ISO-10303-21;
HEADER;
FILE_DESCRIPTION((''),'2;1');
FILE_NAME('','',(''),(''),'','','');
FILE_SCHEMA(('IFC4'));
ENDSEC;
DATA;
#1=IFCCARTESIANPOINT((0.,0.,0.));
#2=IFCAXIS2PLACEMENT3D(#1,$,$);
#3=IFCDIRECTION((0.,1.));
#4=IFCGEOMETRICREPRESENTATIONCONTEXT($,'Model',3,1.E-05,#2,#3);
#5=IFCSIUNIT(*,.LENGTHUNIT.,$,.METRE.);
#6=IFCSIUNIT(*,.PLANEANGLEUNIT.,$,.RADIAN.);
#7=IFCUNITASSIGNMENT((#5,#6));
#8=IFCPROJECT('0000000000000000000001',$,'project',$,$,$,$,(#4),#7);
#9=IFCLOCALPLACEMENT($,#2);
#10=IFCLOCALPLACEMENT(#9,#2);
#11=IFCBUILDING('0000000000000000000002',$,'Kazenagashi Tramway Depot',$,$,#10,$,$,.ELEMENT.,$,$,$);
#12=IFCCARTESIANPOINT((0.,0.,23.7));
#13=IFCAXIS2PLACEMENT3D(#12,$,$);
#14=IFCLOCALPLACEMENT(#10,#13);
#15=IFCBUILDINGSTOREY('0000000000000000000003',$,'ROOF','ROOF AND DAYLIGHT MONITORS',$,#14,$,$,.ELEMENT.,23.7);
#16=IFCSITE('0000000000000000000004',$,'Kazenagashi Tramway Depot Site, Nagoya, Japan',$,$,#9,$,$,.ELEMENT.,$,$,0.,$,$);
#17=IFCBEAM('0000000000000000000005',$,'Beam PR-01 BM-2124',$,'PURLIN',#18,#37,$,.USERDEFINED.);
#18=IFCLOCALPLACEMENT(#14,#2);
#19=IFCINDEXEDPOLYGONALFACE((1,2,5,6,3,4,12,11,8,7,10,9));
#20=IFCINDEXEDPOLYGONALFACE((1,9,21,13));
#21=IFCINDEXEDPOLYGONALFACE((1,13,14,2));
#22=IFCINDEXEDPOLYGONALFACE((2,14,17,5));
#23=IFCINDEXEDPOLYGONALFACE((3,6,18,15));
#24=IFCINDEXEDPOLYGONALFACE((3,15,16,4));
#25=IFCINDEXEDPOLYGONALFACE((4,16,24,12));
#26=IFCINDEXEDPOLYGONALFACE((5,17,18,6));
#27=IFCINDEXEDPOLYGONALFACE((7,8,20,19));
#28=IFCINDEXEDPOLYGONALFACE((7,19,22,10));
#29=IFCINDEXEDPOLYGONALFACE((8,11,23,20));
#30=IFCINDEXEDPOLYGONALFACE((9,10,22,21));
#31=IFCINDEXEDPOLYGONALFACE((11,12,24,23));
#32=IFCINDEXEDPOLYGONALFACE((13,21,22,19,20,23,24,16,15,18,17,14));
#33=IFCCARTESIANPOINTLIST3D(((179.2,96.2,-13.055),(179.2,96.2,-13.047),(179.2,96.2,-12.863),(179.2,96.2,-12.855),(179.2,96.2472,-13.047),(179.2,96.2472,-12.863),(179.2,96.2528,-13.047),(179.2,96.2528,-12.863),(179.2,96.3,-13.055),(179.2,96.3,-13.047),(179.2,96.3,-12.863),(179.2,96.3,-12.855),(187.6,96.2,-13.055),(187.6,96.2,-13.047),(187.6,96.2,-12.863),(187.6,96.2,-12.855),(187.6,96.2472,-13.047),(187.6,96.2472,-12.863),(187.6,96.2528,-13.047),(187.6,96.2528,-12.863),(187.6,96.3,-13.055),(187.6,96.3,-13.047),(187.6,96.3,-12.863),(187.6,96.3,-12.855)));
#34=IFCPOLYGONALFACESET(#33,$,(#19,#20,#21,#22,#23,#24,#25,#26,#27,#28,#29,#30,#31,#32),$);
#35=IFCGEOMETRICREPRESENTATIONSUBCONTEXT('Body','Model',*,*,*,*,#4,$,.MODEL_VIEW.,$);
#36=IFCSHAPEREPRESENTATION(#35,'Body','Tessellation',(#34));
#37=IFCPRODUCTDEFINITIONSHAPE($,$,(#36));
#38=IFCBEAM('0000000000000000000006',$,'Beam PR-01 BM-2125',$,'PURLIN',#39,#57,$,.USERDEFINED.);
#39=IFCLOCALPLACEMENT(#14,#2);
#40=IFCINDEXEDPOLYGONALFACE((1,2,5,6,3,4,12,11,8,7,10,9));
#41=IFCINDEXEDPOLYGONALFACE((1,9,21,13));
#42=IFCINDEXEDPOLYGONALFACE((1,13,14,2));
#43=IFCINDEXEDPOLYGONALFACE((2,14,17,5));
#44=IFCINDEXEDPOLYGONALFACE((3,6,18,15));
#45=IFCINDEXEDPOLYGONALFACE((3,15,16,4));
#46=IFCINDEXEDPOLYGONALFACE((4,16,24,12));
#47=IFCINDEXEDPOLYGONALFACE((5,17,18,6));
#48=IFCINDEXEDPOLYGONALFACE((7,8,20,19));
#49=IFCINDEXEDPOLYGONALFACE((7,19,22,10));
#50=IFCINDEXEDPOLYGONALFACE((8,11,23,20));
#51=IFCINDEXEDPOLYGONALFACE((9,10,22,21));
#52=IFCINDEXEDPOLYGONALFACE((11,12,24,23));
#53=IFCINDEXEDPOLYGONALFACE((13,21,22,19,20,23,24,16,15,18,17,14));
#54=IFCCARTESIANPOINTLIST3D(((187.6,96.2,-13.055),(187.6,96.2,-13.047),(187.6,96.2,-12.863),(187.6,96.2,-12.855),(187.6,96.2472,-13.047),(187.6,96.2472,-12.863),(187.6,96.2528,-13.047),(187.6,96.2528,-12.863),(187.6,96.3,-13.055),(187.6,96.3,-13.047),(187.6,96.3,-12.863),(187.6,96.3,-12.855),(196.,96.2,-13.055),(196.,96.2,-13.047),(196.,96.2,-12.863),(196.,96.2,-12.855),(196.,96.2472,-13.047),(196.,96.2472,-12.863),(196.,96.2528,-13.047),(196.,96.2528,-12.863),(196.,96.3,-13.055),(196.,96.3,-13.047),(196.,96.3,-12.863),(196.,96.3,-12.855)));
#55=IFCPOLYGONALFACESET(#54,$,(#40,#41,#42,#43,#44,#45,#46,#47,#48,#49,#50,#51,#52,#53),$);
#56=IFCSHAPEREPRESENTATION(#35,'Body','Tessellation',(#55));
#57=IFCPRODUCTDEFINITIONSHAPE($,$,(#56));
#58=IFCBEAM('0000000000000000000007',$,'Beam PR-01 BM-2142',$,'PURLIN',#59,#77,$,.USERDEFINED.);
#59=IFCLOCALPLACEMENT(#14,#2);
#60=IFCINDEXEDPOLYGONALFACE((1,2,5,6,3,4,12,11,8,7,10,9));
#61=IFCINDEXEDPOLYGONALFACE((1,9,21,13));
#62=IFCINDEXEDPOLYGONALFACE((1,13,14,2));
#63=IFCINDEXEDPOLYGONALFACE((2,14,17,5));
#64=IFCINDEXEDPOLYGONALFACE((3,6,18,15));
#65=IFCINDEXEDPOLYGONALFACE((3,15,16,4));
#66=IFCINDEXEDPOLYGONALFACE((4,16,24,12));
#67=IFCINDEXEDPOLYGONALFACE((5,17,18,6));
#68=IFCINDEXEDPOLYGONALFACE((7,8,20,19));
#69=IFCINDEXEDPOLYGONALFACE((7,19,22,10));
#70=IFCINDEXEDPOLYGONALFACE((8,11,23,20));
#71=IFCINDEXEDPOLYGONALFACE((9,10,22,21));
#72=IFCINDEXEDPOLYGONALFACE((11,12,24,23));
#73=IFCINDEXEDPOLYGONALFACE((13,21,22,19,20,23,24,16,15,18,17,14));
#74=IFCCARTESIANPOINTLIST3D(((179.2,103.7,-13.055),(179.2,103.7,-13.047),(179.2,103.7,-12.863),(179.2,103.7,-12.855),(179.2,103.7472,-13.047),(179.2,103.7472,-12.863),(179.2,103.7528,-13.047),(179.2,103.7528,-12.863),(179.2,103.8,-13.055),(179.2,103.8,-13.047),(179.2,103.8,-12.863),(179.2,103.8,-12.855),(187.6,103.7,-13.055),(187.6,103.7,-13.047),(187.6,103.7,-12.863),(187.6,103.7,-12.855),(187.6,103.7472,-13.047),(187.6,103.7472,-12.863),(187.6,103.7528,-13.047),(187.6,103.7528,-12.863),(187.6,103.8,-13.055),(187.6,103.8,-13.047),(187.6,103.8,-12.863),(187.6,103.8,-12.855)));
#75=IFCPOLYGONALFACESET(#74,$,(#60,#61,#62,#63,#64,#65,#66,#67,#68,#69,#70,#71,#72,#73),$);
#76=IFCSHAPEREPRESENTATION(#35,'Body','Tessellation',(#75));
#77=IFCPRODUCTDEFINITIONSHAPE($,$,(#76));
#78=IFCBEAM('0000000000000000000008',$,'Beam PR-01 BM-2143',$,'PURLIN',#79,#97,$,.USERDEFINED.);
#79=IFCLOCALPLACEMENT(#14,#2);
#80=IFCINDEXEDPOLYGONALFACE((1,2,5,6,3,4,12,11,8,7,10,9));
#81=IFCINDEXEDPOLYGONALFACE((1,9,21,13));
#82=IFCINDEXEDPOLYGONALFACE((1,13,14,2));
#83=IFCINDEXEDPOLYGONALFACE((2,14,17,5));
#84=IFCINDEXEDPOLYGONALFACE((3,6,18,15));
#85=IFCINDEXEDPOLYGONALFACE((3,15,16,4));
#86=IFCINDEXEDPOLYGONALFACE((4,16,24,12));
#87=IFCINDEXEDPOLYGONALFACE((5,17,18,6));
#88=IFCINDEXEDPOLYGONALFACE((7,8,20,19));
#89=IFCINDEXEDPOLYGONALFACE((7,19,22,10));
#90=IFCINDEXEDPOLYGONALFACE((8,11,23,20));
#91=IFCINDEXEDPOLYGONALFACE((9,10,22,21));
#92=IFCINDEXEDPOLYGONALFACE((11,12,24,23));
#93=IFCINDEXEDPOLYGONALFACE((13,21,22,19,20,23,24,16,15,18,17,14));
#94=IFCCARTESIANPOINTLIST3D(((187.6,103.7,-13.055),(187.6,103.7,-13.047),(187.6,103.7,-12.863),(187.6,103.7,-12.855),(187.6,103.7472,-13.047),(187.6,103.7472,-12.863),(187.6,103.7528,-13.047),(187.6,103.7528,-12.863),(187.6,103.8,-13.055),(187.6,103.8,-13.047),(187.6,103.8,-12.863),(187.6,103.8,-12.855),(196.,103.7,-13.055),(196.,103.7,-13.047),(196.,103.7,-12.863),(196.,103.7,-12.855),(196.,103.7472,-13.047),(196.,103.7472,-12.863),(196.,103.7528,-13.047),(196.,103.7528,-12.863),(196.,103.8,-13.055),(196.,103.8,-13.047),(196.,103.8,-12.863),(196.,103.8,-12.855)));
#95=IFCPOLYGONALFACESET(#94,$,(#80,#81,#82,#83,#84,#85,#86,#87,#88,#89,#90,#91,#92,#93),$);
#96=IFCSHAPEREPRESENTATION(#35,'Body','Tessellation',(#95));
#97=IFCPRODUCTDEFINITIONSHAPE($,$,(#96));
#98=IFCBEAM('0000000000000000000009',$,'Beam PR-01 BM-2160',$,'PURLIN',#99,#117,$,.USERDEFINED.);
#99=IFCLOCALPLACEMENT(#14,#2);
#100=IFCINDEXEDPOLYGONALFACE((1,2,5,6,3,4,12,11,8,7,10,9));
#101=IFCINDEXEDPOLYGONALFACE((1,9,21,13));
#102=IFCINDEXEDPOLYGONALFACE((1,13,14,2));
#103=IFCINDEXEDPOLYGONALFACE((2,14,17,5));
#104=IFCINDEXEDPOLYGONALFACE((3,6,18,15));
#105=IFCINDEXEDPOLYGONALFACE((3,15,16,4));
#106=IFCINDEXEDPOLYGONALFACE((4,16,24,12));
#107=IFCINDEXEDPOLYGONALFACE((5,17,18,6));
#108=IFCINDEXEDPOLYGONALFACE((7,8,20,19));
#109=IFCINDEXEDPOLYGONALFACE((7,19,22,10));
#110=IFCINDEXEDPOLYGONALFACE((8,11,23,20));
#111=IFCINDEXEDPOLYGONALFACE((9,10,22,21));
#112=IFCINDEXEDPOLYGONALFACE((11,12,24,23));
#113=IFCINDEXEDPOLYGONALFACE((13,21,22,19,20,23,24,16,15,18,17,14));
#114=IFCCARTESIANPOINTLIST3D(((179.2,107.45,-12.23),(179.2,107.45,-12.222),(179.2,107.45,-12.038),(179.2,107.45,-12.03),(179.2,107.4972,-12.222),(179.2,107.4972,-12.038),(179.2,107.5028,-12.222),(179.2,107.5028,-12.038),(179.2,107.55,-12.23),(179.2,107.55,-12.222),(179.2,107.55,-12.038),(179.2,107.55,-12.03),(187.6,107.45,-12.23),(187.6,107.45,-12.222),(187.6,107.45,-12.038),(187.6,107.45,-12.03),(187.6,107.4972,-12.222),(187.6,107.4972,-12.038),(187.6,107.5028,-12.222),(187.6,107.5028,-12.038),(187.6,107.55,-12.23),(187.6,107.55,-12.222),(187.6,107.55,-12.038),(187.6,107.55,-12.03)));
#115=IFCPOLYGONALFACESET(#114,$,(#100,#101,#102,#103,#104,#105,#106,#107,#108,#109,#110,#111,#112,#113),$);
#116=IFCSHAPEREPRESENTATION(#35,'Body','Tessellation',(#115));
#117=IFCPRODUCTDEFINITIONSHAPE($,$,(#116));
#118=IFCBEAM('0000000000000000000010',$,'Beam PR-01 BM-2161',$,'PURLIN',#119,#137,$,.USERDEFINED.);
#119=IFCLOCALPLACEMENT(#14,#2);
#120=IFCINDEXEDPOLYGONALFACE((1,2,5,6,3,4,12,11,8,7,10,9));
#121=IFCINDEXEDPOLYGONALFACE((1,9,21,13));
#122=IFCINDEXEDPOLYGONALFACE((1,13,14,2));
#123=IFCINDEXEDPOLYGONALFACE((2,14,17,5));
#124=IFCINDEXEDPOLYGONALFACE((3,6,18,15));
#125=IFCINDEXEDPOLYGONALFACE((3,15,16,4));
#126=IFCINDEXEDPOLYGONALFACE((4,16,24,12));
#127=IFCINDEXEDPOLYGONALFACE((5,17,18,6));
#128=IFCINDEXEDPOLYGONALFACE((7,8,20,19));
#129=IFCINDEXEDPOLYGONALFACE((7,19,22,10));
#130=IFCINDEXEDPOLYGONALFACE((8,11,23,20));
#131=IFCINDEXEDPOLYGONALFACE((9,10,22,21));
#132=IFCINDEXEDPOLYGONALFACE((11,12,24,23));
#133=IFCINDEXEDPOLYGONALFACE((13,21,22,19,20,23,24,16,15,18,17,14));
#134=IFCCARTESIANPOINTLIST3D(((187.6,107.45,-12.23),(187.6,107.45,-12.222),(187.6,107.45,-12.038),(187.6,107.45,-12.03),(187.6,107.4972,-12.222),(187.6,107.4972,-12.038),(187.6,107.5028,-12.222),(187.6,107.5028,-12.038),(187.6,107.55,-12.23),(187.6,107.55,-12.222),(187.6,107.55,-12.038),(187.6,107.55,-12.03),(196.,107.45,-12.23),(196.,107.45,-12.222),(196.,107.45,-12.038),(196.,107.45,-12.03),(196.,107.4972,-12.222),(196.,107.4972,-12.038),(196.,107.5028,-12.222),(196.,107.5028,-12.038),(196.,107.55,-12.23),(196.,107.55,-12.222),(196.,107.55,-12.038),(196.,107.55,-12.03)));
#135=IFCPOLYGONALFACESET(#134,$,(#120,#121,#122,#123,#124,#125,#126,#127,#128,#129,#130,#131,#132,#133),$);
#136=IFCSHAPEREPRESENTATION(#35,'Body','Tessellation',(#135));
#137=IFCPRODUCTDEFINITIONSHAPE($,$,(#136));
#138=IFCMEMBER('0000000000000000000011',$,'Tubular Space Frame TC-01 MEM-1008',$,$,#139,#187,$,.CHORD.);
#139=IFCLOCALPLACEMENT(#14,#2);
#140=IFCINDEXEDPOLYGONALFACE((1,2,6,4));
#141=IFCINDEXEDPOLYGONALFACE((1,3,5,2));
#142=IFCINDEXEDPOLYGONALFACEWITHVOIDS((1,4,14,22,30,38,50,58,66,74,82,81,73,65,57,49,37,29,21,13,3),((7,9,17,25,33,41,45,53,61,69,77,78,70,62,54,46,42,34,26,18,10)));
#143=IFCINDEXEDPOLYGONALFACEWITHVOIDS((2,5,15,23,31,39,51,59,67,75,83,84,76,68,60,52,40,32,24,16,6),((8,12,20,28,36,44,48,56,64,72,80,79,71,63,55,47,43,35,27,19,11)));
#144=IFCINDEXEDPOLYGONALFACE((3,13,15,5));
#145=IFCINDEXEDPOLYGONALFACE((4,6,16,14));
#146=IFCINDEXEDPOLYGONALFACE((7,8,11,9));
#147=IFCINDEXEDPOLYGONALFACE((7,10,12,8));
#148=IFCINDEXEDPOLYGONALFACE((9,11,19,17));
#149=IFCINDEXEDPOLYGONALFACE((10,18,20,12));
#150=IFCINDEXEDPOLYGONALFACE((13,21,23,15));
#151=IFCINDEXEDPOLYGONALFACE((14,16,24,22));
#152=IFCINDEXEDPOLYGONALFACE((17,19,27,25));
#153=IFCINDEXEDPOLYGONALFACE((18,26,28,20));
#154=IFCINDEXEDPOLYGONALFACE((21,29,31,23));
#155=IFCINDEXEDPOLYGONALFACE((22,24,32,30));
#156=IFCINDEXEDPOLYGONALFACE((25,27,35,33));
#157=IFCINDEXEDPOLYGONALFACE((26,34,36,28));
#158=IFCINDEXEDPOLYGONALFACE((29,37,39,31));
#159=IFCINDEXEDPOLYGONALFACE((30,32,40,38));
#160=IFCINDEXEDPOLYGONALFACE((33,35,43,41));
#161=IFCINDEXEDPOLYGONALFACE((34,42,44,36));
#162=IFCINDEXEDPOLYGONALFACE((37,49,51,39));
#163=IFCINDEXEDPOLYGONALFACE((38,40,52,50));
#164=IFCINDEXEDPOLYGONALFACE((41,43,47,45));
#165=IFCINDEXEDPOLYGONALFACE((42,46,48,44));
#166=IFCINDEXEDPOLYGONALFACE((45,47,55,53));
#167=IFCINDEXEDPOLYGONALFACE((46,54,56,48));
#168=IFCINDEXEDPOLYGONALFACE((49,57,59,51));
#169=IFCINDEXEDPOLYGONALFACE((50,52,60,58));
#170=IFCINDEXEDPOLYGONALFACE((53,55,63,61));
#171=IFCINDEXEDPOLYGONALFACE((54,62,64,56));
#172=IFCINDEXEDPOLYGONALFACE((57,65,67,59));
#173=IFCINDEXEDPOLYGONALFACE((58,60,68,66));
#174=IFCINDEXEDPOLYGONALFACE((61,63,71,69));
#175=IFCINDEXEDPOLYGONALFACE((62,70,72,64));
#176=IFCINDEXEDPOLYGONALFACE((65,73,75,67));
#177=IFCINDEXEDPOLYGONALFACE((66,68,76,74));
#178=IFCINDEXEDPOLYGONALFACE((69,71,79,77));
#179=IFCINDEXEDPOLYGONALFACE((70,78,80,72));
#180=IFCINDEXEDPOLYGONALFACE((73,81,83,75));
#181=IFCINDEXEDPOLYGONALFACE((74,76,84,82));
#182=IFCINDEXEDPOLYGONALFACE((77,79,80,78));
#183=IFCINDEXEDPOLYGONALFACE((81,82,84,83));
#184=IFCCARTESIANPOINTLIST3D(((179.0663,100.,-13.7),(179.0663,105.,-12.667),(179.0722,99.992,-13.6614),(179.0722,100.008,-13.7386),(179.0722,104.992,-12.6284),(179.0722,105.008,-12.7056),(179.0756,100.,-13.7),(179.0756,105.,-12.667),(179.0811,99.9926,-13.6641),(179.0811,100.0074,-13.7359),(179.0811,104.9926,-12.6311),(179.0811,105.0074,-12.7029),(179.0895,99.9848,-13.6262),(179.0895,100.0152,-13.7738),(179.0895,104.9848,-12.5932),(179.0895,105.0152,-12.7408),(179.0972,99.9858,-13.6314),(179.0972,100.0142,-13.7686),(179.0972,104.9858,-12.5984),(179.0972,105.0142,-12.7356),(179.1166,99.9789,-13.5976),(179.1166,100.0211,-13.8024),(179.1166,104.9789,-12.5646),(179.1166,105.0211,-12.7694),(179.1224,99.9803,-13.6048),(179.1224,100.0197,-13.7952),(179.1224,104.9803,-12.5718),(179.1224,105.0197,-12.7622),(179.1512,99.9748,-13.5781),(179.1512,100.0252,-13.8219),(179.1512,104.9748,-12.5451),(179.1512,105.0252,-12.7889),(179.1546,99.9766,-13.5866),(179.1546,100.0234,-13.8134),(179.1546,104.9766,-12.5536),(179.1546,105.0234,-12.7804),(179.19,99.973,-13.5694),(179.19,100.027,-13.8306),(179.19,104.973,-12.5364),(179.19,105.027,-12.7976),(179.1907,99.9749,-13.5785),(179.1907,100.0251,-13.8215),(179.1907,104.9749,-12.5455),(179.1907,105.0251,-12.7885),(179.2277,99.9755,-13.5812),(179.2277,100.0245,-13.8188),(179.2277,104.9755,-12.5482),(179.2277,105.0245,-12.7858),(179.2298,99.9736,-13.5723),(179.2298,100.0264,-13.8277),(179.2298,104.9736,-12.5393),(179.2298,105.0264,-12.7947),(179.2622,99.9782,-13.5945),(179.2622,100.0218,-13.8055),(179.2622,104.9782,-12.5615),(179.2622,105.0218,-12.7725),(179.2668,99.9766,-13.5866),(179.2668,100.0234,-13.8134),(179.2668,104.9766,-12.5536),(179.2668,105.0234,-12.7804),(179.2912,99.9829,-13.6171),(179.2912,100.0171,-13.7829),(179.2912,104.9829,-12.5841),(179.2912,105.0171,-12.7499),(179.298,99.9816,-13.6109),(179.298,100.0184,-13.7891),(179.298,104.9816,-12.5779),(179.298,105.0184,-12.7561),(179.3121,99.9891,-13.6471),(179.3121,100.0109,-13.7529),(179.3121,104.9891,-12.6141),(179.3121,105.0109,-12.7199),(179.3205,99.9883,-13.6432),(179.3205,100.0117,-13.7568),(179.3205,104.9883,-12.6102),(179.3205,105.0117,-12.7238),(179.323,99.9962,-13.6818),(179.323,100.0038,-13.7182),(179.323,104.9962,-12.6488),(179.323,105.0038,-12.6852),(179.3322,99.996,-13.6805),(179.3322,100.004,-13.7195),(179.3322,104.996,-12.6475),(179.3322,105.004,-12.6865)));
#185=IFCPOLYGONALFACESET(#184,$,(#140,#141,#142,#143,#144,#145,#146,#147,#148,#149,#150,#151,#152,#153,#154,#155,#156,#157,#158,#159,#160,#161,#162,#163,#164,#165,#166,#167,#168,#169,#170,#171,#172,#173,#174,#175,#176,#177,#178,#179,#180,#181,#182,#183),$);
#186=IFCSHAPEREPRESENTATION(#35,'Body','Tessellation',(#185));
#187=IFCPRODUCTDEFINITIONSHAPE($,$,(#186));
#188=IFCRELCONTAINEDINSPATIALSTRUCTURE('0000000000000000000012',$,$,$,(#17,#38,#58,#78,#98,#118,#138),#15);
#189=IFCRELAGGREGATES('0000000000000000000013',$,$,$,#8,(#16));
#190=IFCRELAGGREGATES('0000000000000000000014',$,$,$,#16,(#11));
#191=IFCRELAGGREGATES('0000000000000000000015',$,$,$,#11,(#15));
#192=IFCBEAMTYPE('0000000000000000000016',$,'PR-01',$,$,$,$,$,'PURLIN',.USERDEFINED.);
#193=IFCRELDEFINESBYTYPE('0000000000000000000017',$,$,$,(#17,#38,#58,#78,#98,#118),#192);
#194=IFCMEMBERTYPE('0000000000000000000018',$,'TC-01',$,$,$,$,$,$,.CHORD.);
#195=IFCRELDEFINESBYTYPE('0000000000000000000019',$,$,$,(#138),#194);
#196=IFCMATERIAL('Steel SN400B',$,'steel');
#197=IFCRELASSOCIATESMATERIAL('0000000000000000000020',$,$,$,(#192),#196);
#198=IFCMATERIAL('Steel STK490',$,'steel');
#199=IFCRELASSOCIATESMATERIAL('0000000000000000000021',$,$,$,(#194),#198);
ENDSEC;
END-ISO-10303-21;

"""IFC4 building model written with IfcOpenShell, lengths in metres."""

from ifc_helpers import new_model, si_unit, direction, frame, origin, origin_2d, place, context, subcontext, project, spatial, hollow_circle, i_section, extrude, material, material_profile, profile_set, type_object, element, save


model = new_model("IFC4")

# Units and contexts
model_context = context("Model", 3, precision=1e-05, world=origin(), true_north=direction((0.0, 1.0)))
body_context = subcontext(model_context, "Body", "Model", "MODEL_VIEW")
ifc_project = project(units=[si_unit("LENGTHUNIT", "METRE"), si_unit("PLANEANGLEUNIT", "RADIAN")], contexts=[model_context])

# Site, building, storey
site_placement = place(None, origin())
site = spatial("IfcSite", under=ifc_project, at=site_placement, Name="Kazenagashi Tramway Depot Site, Nagoya, Japan", CompositionType="ELEMENT", RefElevation=0.0)
building_placement = place(site_placement, origin())
building = spatial("IfcBuilding", under=site, at=building_placement, Name="Kazenagashi Tramway Depot", CompositionType="ELEMENT")
storey_placement = place(building_placement, frame((0.0, 0.0, 23.7)))
storey = spatial("IfcBuildingStorey", under=building, at=storey_placement, Name="ROOF", Description="ROOF AND DAYLIGHT MONITORS", CompositionType="ELEMENT", Elevation=23.7)

# Beams
ifc_material_1 = material(Name="Steel SN400B", Category="steel")
ifc_material_profile_1 = material_profile(ifc_material_1, i_section(OverallWidth=0.1, OverallDepth=0.2, WebThickness=0.0055, FlangeThickness=0.008, at=origin_2d()), Name="H-200x100x5.5x8")
ifc_profile_set_1 = profile_set([ifc_material_profile_1], Name="Steel SN400B")
beam_type = type_object("IfcBeamType", Name="PR-01", ElementType="PURLIN", PredefinedType="USERDEFINED", material=ifc_profile_set_1)
for number, where, z_axis, x_axis, name in (
    (1, (179.2, 96.25, -12.955), (1.0, 0.0, 0.0), (0.0, 1.0, 0.0), "Beam PR-01 BM-2124"),
    (2, (187.6, 96.25, -12.955), (1.0, 0.0, 0.0), (0.0, 1.0, 0.0), "Beam PR-01 BM-2125"),
    (3, (179.2, 103.75, -12.955), (1.0, 0.0, 0.0), (0.0, 1.0, 0.0), "Beam PR-01 BM-2142"),
    (4, (187.6, 103.75, -12.955), (1.0, 0.0, 0.0), (0.0, 1.0, 0.0), "Beam PR-01 BM-2143"),
    (5, (179.2, 107.5, -12.13), (1.0, 0.0, 0.0), (0.0, 1.0, 0.0), "Beam PR-01 BM-2160"),
    (6, (187.6, 107.5, -12.13), (1.0, 0.0, 0.0), (0.0, 1.0, 0.0), "Beam PR-01 BM-2161"),
):
    element("IfcBeam", number, at=place(storey_placement, frame(where, z_axis=z_axis, x_axis=x_axis)), inside=storey, type_object=beam_type, Name=name, ObjectType="PURLIN", PredefinedType="USERDEFINED", context=body_context, shape_type="SweptSolid", body=[
        extrude(i_section(OverallWidth=0.1, OverallDepth=0.2, WebThickness=0.0055, FlangeThickness=0.008, at=origin_2d()), origin(), (0.0, 0.0, 1.0), 8.4),
    ])

# Member
ifc_material_2 = material(Name="Steel STK490", Category="steel")
ifc_material_profile_2 = material_profile(ifc_material_2, hollow_circle(Radius=0.1337, WallThickness=0.0093, at=origin_2d()), Name="CHS-267.4x9.3")
ifc_profile_set_2 = profile_set([ifc_material_profile_2], Name="Steel STK490")
member_type_1 = type_object("IfcMemberType", Name="TC-01", PredefinedType="CHORD", material=ifc_profile_set_2)
member_1_placement = place(storey_placement, frame((179.2, 100.0, -13.7), z_axis=(0.0, 0.979318, 0.202327), x_axis=(-1.0, 0.0, 0.0)))
element("IfcMember", 7, at=member_1_placement, inside=storey, type_object=member_type_1, Name="Tubular Space Frame TC-01 MEM-1008", PredefinedType="CHORD", context=body_context, shape_type="SweptSolid", body=[
    extrude(hollow_circle(Radius=0.1337, WallThickness=0.0093, at=origin_2d()), origin(), (0.0, 0.0, 1.0), 5.1056),
])

save(model, "model.ifc")
